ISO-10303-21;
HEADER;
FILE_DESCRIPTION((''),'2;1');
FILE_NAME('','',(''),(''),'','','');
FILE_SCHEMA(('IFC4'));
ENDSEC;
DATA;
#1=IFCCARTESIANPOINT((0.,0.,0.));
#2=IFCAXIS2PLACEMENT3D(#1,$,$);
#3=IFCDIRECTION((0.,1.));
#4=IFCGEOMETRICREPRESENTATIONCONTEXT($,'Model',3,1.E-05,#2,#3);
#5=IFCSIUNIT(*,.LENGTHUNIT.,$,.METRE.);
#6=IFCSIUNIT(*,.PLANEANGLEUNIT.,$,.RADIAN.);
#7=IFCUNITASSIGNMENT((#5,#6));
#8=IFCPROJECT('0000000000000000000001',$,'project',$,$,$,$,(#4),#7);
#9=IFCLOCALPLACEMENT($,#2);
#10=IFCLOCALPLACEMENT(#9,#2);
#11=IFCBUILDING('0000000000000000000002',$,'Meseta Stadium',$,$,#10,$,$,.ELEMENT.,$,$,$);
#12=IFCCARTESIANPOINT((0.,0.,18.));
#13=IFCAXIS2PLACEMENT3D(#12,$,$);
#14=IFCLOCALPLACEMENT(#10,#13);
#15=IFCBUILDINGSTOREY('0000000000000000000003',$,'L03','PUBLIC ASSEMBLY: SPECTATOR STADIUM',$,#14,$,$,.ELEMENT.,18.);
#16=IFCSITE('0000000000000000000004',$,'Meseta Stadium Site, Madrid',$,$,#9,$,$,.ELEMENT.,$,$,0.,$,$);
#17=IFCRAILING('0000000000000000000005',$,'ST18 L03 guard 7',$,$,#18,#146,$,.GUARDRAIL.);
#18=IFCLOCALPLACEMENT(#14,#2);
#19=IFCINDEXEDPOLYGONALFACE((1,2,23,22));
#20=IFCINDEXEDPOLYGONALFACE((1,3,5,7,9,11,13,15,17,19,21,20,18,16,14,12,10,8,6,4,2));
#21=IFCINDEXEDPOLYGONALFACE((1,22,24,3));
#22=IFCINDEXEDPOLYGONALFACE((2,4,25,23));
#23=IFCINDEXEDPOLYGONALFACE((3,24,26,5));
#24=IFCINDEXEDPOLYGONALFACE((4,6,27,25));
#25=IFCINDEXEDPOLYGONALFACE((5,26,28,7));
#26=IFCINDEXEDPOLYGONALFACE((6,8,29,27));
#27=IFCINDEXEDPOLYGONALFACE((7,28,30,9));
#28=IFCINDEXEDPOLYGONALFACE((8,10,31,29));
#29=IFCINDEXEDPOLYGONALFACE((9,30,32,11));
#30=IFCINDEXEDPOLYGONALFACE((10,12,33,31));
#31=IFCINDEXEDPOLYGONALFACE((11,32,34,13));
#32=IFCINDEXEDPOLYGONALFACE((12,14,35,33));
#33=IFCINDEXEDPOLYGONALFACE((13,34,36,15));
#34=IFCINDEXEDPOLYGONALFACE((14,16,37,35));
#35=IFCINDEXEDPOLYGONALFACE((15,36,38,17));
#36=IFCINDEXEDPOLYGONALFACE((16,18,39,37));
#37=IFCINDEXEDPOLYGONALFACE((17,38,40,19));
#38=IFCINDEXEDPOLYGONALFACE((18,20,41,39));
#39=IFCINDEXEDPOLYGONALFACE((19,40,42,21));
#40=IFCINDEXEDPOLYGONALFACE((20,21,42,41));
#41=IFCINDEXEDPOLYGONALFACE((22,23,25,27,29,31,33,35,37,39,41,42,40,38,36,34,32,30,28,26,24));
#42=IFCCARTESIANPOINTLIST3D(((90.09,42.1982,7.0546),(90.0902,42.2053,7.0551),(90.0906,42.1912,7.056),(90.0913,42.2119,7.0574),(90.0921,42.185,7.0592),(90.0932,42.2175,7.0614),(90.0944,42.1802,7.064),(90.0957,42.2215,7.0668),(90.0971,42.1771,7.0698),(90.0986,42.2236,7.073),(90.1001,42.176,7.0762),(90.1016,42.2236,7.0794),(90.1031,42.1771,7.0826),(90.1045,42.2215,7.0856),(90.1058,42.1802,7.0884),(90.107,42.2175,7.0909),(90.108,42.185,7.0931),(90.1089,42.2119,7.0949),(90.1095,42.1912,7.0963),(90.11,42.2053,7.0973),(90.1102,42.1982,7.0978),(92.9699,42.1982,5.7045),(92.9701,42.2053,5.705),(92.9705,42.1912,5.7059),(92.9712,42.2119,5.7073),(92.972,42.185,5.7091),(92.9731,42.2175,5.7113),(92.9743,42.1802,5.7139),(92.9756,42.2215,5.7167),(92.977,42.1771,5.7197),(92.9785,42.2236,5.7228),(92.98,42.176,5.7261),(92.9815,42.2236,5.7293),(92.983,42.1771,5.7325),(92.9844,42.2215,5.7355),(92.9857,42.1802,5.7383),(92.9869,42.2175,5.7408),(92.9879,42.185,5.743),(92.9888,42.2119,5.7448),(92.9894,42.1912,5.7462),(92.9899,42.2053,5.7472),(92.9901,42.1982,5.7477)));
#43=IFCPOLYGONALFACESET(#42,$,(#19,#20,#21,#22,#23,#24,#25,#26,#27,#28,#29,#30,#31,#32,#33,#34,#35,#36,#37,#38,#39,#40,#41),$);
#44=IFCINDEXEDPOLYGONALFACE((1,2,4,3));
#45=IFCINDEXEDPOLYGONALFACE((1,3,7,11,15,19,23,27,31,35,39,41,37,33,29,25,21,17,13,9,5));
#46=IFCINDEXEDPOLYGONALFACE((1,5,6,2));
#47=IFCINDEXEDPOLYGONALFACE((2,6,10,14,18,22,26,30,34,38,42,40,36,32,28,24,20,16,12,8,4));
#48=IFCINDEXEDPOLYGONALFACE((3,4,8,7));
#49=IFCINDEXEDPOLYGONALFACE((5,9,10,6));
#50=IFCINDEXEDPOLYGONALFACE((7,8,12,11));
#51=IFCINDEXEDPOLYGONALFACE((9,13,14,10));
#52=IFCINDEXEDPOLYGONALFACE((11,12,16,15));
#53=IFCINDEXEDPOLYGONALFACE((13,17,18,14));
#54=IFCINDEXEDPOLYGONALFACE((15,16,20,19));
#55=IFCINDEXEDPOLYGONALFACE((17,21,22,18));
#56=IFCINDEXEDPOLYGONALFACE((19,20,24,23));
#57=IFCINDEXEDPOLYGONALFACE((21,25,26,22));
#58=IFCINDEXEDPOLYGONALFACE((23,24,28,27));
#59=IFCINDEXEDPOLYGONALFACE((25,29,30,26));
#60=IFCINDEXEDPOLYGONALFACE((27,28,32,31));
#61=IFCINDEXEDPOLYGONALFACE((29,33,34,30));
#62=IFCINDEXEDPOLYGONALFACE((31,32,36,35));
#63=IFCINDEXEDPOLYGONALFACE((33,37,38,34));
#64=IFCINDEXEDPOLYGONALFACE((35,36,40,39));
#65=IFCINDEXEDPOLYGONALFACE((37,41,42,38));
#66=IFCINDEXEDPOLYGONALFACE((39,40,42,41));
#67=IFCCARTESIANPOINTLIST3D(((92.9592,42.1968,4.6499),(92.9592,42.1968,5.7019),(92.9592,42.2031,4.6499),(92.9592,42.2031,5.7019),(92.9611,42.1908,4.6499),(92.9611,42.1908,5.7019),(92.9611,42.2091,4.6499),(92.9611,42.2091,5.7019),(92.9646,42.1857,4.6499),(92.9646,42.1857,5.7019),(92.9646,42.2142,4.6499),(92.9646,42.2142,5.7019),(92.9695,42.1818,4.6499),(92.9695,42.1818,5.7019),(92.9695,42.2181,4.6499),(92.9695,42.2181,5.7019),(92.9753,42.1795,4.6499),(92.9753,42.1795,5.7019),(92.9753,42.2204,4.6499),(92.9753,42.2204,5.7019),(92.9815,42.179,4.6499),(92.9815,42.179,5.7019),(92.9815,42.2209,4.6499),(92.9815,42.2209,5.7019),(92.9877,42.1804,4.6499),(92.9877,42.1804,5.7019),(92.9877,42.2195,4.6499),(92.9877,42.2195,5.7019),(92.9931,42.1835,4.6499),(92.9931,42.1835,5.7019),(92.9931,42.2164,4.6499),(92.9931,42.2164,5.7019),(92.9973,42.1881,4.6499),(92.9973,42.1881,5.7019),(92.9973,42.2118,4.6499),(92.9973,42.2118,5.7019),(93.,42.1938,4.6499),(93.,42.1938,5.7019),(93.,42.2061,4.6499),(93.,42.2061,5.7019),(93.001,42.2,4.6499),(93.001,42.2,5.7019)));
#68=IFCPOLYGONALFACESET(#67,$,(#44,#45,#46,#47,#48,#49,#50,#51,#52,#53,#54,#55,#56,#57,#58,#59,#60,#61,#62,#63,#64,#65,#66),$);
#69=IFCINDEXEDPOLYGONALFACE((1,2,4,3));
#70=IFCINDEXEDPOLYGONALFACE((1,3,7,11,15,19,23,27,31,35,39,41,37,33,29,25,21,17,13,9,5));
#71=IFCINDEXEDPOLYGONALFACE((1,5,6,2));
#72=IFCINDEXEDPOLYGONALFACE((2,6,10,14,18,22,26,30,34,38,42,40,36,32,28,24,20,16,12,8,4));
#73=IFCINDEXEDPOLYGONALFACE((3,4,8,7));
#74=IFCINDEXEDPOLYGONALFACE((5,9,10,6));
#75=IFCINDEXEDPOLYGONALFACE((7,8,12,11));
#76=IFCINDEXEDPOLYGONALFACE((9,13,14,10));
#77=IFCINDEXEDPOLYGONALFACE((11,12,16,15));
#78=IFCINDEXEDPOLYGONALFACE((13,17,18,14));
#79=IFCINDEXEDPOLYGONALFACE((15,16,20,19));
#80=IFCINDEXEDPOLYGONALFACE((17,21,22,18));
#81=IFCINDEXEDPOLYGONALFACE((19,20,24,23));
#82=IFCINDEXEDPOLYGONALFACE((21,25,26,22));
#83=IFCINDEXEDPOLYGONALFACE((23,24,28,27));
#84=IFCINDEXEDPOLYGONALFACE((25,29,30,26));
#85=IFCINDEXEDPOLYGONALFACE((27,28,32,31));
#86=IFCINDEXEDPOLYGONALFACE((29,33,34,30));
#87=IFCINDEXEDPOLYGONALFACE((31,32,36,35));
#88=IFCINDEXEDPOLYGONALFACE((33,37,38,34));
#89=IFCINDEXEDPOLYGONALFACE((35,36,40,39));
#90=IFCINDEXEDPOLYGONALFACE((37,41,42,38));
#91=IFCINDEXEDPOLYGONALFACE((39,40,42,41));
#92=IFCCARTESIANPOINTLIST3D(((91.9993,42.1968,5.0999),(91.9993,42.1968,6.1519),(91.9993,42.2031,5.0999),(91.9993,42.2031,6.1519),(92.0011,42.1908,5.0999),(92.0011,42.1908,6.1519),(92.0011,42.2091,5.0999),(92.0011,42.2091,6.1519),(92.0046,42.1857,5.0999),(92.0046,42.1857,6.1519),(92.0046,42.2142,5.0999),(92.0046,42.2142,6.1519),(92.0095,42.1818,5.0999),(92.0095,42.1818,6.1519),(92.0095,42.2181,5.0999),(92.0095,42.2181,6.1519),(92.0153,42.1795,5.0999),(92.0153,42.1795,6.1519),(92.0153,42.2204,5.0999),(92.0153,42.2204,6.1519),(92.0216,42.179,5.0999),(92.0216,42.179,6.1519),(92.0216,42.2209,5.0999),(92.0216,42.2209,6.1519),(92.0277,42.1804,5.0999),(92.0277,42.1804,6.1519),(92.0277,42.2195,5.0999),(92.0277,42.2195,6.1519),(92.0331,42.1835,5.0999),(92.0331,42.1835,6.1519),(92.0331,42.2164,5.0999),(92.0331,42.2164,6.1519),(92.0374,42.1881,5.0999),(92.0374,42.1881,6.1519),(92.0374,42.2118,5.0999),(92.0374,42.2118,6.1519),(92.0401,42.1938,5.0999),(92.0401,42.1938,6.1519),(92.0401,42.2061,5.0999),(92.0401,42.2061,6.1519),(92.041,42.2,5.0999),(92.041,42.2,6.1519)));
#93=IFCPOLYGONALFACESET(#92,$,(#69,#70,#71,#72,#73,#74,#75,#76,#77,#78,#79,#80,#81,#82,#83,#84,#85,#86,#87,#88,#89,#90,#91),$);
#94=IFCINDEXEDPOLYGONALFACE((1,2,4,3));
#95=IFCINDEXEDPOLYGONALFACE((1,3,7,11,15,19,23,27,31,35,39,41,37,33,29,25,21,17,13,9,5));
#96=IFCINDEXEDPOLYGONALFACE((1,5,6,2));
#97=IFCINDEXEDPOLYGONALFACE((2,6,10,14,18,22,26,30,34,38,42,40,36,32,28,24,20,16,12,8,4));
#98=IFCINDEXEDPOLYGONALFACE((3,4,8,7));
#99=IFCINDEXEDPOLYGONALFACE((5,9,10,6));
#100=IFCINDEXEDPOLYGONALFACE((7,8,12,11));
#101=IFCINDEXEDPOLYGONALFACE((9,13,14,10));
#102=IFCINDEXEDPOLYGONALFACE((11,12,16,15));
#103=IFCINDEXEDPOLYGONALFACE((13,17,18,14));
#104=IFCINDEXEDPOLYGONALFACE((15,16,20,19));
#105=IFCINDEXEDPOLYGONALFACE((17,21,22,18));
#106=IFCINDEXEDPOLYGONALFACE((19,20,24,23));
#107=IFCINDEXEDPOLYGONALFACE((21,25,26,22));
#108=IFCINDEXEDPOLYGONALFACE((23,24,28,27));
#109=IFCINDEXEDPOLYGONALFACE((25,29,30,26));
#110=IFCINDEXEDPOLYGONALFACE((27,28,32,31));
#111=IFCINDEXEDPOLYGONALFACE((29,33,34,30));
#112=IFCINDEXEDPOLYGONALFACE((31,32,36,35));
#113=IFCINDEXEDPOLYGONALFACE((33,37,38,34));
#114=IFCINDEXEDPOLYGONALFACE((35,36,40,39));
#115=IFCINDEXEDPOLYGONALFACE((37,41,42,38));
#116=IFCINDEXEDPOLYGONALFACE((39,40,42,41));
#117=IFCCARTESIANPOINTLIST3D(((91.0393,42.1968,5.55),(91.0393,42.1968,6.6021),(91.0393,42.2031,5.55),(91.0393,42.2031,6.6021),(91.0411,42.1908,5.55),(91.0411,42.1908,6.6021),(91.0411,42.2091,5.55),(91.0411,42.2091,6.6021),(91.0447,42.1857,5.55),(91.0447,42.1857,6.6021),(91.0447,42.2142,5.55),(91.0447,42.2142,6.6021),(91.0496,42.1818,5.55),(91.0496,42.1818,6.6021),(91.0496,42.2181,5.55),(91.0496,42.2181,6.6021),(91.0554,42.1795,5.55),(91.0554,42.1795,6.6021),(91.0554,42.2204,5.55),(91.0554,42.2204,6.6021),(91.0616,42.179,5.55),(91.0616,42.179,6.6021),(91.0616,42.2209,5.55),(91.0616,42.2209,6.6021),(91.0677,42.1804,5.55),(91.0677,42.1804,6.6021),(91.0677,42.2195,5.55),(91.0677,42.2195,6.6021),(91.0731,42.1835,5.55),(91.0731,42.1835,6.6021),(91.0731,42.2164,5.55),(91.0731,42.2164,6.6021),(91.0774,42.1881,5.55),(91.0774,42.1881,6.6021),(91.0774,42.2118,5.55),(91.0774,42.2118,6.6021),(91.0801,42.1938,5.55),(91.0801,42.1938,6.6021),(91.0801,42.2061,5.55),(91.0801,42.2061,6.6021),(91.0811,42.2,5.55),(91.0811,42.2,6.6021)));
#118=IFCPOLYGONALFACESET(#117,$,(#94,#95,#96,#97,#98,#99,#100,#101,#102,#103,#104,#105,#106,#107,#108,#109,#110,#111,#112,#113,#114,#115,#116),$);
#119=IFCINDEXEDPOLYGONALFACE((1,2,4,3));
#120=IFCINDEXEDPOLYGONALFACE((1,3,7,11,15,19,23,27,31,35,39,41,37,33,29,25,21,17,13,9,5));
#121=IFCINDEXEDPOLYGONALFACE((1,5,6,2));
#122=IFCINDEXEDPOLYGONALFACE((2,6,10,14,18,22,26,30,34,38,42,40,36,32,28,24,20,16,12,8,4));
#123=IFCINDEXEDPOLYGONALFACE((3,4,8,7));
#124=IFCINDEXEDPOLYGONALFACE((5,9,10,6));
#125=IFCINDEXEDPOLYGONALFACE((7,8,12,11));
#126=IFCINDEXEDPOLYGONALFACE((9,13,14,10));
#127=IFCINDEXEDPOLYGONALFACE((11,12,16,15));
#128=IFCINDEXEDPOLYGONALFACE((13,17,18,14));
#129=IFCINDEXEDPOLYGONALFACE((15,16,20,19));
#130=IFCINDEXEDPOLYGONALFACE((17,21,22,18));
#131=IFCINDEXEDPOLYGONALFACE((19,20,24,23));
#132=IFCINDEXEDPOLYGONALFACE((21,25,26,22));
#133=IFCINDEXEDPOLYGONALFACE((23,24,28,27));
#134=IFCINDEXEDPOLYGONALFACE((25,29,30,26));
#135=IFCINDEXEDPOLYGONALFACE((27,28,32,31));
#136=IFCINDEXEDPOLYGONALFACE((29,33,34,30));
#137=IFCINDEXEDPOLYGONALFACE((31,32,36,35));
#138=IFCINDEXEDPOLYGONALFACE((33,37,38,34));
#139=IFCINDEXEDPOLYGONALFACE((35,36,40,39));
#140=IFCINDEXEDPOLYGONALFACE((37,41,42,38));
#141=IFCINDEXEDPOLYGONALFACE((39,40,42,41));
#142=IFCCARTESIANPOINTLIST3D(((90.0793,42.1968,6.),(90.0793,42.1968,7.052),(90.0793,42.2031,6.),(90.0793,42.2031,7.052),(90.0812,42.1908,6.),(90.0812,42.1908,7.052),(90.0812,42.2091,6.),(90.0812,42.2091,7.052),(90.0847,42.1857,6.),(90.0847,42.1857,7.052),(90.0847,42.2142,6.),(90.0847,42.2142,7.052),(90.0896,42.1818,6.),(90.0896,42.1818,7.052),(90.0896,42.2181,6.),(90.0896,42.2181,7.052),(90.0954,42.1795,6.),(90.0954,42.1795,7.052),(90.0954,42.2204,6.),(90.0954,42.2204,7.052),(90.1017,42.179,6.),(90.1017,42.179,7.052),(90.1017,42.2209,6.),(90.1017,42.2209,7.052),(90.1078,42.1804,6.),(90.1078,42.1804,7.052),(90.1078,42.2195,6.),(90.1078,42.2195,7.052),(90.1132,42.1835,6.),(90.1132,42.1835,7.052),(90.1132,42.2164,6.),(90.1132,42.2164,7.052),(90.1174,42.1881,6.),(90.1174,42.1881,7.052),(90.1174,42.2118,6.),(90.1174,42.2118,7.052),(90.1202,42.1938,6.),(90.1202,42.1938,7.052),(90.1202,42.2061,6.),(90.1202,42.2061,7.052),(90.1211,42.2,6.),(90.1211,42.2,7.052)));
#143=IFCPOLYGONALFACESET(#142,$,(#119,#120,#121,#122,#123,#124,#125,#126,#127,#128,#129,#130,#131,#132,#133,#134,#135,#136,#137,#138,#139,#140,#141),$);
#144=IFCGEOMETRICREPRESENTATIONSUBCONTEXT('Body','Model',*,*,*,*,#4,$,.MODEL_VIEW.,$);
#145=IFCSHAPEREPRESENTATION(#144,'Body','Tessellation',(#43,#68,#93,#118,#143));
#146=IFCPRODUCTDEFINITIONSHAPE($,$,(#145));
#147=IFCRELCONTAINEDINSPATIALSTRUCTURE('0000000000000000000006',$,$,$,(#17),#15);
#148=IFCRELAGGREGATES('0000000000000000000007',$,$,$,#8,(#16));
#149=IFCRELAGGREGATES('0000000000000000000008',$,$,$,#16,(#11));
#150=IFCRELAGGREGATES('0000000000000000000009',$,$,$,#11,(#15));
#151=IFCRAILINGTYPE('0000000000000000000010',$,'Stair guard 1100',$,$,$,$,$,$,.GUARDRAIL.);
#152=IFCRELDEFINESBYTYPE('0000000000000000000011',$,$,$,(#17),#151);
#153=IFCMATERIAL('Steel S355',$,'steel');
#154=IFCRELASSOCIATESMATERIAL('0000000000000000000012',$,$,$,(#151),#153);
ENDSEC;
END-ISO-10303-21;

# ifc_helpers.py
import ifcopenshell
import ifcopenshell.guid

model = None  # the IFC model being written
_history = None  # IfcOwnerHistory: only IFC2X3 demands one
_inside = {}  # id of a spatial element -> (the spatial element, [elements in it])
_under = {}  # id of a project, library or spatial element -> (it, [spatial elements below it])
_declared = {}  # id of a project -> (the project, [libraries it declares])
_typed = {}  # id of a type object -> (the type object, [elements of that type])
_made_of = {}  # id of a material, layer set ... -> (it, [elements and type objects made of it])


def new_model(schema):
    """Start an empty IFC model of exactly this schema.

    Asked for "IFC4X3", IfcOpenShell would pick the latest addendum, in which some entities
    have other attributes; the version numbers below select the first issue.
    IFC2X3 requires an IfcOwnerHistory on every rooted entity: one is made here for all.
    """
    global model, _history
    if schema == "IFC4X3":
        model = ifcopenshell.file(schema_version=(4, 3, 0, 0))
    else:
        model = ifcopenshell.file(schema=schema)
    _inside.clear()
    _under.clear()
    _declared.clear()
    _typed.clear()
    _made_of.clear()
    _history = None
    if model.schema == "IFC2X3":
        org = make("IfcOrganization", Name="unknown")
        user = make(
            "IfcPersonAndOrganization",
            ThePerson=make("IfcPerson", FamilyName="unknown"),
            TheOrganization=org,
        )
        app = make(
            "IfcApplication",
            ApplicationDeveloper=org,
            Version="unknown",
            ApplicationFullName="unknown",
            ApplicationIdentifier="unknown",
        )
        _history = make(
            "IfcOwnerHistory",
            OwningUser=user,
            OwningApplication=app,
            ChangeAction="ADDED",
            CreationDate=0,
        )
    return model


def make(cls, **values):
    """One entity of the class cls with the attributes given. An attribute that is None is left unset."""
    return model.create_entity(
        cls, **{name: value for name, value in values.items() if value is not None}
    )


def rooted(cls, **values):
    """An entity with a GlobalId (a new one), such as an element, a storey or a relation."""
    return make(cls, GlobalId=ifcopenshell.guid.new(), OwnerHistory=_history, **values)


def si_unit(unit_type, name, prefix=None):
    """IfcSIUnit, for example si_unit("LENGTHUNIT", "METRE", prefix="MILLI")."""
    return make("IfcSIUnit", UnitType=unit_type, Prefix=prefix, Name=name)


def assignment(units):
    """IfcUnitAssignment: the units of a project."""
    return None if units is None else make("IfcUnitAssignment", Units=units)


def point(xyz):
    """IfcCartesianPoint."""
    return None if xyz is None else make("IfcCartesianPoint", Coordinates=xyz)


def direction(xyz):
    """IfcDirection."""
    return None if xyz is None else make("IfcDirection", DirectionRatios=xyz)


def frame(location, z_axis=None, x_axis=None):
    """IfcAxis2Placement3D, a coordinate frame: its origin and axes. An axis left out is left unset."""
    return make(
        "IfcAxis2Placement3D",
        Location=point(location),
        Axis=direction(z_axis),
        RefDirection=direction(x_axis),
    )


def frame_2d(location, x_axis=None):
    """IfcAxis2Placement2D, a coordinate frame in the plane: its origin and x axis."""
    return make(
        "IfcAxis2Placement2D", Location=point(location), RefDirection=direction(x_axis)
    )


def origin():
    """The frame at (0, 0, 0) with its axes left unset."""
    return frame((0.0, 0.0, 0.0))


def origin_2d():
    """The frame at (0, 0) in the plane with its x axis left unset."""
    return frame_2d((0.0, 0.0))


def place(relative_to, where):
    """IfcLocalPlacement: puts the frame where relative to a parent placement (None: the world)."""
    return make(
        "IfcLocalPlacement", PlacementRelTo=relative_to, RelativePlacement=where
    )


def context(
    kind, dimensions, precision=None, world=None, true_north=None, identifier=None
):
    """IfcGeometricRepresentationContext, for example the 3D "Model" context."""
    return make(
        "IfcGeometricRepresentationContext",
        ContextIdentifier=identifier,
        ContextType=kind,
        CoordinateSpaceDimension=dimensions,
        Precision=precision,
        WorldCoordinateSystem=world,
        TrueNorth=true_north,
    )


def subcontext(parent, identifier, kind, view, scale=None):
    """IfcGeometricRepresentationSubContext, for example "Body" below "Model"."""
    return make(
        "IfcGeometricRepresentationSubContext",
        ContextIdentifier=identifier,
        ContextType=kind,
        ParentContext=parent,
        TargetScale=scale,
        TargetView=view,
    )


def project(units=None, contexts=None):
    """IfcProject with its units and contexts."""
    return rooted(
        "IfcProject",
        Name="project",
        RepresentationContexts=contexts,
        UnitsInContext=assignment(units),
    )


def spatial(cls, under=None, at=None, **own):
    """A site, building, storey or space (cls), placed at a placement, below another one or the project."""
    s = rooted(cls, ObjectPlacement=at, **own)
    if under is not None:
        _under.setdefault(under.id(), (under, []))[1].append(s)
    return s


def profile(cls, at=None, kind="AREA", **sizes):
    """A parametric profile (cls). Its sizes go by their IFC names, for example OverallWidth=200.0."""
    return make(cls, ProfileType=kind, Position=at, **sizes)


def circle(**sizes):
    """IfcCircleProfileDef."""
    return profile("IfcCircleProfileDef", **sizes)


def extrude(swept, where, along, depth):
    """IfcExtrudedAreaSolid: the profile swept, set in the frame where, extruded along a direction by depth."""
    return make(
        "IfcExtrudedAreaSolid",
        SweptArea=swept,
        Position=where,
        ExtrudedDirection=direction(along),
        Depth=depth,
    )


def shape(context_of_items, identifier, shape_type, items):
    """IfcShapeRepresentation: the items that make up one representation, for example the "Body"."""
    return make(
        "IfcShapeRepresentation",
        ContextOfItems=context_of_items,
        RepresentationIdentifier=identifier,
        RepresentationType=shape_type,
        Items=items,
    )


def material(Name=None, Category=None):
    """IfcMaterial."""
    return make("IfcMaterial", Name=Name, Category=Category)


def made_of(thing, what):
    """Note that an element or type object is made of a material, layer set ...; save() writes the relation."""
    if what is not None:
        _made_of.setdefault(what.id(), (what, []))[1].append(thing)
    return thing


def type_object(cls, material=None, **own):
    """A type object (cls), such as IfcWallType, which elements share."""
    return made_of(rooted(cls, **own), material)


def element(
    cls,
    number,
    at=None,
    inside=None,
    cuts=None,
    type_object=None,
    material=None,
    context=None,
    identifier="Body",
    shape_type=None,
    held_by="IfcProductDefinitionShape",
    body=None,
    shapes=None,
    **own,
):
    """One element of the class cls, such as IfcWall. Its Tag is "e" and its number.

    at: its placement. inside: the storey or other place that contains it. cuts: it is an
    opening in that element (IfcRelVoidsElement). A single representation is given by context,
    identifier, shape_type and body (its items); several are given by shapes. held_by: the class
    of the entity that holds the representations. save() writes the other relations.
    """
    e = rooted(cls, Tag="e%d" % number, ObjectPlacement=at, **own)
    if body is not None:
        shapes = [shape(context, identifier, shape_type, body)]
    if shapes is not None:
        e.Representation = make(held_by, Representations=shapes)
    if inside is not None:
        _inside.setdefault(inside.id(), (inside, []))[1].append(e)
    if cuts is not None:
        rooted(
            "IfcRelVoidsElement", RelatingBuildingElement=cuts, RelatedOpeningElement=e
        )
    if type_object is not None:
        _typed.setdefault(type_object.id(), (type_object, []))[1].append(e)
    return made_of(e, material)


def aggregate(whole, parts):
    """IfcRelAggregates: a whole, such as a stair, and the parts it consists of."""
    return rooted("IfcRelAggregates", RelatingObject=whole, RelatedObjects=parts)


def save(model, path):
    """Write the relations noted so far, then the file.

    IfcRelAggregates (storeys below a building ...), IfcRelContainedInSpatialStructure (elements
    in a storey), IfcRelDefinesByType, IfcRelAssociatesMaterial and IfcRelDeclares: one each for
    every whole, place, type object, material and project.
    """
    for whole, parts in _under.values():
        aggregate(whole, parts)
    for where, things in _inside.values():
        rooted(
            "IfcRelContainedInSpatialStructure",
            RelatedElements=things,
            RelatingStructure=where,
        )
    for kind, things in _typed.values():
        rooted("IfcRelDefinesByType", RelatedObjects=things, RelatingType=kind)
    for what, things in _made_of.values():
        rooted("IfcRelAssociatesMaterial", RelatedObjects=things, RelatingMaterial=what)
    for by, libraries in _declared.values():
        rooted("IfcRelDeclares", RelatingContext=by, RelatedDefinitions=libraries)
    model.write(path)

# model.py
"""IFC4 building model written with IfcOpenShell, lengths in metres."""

from ifc_helpers import new_model, si_unit, direction, frame, origin, origin_2d, place, context, subcontext, project, spatial, circle, extrude, material, type_object, element, save


model = new_model("IFC4")

# Units and contexts
model_context = context("Model", 3, precision=1e-05, world=origin(), true_north=direction((0.0, 1.0)))
body_context = subcontext(model_context, "Body", "Model", "MODEL_VIEW")
ifc_project = project(units=[si_unit("LENGTHUNIT", "METRE"), si_unit("PLANEANGLEUNIT", "RADIAN")], contexts=[model_context])

# Site, building, storey
site_placement = place(None, origin())
site = spatial("IfcSite", under=ifc_project, at=site_placement, Name="Meseta Stadium Site, Madrid", CompositionType="ELEMENT", RefElevation=0.0)
building_placement = place(site_placement, origin())
building = spatial("IfcBuilding", under=site, at=building_placement, Name="Meseta Stadium", CompositionType="ELEMENT")
storey_placement = place(building_placement, frame((0.0, 0.0, 18.0)))
storey = spatial("IfcBuildingStorey", under=building, at=storey_placement, Name="L03", Description="PUBLIC ASSEMBLY: SPECTATOR STADIUM", CompositionType="ELEMENT", Elevation=18.0)

# Railing
ifc_material_1 = material(Name="Steel S355", Category="steel")
railing_type_1 = type_object("IfcRailingType", Name="Stair guard 1100", PredefinedType="GUARDRAIL", material=ifc_material_1)
railing_1_placement = place(storey_placement, frame((92.98, 42.2, 4.6499)))
element("IfcRailing", 1, at=railing_1_placement, inside=storey, type_object=railing_type_1, Name="ST18 L03 guard 7", PredefinedType="GUARDRAIL", context=body_context, shape_type="SweptSolid", body=[
    extrude(circle(Radius=0.0239, at=origin_2d()), frame((0.0, 0.0, 1.0762), z_axis=(-0.90544, 0.0, 0.424473), x_axis=(0.0, -1.0, 0.0)), (0.0, 0.0, 1.0), 3.1807),
    extrude(circle(Radius=0.021, at=origin_2d()), origin(), (0.0, 0.0, 1.0), 1.052),
    extrude(circle(Radius=0.021, at=origin_2d()), frame((-0.96, 0.0, 0.45)), (0.0, 0.0, 1.0), 1.052),
    extrude(circle(Radius=0.021, at=origin_2d()), frame((-1.9199, 0.0, 0.9001)), (0.0, 0.0, 1.0), 1.052),
    extrude(circle(Radius=0.021, at=origin_2d()), frame((-2.8799, 0.0, 1.3501)), (0.0, 0.0, 1.0), 1.052),
])

save(model, "model.ifc")
